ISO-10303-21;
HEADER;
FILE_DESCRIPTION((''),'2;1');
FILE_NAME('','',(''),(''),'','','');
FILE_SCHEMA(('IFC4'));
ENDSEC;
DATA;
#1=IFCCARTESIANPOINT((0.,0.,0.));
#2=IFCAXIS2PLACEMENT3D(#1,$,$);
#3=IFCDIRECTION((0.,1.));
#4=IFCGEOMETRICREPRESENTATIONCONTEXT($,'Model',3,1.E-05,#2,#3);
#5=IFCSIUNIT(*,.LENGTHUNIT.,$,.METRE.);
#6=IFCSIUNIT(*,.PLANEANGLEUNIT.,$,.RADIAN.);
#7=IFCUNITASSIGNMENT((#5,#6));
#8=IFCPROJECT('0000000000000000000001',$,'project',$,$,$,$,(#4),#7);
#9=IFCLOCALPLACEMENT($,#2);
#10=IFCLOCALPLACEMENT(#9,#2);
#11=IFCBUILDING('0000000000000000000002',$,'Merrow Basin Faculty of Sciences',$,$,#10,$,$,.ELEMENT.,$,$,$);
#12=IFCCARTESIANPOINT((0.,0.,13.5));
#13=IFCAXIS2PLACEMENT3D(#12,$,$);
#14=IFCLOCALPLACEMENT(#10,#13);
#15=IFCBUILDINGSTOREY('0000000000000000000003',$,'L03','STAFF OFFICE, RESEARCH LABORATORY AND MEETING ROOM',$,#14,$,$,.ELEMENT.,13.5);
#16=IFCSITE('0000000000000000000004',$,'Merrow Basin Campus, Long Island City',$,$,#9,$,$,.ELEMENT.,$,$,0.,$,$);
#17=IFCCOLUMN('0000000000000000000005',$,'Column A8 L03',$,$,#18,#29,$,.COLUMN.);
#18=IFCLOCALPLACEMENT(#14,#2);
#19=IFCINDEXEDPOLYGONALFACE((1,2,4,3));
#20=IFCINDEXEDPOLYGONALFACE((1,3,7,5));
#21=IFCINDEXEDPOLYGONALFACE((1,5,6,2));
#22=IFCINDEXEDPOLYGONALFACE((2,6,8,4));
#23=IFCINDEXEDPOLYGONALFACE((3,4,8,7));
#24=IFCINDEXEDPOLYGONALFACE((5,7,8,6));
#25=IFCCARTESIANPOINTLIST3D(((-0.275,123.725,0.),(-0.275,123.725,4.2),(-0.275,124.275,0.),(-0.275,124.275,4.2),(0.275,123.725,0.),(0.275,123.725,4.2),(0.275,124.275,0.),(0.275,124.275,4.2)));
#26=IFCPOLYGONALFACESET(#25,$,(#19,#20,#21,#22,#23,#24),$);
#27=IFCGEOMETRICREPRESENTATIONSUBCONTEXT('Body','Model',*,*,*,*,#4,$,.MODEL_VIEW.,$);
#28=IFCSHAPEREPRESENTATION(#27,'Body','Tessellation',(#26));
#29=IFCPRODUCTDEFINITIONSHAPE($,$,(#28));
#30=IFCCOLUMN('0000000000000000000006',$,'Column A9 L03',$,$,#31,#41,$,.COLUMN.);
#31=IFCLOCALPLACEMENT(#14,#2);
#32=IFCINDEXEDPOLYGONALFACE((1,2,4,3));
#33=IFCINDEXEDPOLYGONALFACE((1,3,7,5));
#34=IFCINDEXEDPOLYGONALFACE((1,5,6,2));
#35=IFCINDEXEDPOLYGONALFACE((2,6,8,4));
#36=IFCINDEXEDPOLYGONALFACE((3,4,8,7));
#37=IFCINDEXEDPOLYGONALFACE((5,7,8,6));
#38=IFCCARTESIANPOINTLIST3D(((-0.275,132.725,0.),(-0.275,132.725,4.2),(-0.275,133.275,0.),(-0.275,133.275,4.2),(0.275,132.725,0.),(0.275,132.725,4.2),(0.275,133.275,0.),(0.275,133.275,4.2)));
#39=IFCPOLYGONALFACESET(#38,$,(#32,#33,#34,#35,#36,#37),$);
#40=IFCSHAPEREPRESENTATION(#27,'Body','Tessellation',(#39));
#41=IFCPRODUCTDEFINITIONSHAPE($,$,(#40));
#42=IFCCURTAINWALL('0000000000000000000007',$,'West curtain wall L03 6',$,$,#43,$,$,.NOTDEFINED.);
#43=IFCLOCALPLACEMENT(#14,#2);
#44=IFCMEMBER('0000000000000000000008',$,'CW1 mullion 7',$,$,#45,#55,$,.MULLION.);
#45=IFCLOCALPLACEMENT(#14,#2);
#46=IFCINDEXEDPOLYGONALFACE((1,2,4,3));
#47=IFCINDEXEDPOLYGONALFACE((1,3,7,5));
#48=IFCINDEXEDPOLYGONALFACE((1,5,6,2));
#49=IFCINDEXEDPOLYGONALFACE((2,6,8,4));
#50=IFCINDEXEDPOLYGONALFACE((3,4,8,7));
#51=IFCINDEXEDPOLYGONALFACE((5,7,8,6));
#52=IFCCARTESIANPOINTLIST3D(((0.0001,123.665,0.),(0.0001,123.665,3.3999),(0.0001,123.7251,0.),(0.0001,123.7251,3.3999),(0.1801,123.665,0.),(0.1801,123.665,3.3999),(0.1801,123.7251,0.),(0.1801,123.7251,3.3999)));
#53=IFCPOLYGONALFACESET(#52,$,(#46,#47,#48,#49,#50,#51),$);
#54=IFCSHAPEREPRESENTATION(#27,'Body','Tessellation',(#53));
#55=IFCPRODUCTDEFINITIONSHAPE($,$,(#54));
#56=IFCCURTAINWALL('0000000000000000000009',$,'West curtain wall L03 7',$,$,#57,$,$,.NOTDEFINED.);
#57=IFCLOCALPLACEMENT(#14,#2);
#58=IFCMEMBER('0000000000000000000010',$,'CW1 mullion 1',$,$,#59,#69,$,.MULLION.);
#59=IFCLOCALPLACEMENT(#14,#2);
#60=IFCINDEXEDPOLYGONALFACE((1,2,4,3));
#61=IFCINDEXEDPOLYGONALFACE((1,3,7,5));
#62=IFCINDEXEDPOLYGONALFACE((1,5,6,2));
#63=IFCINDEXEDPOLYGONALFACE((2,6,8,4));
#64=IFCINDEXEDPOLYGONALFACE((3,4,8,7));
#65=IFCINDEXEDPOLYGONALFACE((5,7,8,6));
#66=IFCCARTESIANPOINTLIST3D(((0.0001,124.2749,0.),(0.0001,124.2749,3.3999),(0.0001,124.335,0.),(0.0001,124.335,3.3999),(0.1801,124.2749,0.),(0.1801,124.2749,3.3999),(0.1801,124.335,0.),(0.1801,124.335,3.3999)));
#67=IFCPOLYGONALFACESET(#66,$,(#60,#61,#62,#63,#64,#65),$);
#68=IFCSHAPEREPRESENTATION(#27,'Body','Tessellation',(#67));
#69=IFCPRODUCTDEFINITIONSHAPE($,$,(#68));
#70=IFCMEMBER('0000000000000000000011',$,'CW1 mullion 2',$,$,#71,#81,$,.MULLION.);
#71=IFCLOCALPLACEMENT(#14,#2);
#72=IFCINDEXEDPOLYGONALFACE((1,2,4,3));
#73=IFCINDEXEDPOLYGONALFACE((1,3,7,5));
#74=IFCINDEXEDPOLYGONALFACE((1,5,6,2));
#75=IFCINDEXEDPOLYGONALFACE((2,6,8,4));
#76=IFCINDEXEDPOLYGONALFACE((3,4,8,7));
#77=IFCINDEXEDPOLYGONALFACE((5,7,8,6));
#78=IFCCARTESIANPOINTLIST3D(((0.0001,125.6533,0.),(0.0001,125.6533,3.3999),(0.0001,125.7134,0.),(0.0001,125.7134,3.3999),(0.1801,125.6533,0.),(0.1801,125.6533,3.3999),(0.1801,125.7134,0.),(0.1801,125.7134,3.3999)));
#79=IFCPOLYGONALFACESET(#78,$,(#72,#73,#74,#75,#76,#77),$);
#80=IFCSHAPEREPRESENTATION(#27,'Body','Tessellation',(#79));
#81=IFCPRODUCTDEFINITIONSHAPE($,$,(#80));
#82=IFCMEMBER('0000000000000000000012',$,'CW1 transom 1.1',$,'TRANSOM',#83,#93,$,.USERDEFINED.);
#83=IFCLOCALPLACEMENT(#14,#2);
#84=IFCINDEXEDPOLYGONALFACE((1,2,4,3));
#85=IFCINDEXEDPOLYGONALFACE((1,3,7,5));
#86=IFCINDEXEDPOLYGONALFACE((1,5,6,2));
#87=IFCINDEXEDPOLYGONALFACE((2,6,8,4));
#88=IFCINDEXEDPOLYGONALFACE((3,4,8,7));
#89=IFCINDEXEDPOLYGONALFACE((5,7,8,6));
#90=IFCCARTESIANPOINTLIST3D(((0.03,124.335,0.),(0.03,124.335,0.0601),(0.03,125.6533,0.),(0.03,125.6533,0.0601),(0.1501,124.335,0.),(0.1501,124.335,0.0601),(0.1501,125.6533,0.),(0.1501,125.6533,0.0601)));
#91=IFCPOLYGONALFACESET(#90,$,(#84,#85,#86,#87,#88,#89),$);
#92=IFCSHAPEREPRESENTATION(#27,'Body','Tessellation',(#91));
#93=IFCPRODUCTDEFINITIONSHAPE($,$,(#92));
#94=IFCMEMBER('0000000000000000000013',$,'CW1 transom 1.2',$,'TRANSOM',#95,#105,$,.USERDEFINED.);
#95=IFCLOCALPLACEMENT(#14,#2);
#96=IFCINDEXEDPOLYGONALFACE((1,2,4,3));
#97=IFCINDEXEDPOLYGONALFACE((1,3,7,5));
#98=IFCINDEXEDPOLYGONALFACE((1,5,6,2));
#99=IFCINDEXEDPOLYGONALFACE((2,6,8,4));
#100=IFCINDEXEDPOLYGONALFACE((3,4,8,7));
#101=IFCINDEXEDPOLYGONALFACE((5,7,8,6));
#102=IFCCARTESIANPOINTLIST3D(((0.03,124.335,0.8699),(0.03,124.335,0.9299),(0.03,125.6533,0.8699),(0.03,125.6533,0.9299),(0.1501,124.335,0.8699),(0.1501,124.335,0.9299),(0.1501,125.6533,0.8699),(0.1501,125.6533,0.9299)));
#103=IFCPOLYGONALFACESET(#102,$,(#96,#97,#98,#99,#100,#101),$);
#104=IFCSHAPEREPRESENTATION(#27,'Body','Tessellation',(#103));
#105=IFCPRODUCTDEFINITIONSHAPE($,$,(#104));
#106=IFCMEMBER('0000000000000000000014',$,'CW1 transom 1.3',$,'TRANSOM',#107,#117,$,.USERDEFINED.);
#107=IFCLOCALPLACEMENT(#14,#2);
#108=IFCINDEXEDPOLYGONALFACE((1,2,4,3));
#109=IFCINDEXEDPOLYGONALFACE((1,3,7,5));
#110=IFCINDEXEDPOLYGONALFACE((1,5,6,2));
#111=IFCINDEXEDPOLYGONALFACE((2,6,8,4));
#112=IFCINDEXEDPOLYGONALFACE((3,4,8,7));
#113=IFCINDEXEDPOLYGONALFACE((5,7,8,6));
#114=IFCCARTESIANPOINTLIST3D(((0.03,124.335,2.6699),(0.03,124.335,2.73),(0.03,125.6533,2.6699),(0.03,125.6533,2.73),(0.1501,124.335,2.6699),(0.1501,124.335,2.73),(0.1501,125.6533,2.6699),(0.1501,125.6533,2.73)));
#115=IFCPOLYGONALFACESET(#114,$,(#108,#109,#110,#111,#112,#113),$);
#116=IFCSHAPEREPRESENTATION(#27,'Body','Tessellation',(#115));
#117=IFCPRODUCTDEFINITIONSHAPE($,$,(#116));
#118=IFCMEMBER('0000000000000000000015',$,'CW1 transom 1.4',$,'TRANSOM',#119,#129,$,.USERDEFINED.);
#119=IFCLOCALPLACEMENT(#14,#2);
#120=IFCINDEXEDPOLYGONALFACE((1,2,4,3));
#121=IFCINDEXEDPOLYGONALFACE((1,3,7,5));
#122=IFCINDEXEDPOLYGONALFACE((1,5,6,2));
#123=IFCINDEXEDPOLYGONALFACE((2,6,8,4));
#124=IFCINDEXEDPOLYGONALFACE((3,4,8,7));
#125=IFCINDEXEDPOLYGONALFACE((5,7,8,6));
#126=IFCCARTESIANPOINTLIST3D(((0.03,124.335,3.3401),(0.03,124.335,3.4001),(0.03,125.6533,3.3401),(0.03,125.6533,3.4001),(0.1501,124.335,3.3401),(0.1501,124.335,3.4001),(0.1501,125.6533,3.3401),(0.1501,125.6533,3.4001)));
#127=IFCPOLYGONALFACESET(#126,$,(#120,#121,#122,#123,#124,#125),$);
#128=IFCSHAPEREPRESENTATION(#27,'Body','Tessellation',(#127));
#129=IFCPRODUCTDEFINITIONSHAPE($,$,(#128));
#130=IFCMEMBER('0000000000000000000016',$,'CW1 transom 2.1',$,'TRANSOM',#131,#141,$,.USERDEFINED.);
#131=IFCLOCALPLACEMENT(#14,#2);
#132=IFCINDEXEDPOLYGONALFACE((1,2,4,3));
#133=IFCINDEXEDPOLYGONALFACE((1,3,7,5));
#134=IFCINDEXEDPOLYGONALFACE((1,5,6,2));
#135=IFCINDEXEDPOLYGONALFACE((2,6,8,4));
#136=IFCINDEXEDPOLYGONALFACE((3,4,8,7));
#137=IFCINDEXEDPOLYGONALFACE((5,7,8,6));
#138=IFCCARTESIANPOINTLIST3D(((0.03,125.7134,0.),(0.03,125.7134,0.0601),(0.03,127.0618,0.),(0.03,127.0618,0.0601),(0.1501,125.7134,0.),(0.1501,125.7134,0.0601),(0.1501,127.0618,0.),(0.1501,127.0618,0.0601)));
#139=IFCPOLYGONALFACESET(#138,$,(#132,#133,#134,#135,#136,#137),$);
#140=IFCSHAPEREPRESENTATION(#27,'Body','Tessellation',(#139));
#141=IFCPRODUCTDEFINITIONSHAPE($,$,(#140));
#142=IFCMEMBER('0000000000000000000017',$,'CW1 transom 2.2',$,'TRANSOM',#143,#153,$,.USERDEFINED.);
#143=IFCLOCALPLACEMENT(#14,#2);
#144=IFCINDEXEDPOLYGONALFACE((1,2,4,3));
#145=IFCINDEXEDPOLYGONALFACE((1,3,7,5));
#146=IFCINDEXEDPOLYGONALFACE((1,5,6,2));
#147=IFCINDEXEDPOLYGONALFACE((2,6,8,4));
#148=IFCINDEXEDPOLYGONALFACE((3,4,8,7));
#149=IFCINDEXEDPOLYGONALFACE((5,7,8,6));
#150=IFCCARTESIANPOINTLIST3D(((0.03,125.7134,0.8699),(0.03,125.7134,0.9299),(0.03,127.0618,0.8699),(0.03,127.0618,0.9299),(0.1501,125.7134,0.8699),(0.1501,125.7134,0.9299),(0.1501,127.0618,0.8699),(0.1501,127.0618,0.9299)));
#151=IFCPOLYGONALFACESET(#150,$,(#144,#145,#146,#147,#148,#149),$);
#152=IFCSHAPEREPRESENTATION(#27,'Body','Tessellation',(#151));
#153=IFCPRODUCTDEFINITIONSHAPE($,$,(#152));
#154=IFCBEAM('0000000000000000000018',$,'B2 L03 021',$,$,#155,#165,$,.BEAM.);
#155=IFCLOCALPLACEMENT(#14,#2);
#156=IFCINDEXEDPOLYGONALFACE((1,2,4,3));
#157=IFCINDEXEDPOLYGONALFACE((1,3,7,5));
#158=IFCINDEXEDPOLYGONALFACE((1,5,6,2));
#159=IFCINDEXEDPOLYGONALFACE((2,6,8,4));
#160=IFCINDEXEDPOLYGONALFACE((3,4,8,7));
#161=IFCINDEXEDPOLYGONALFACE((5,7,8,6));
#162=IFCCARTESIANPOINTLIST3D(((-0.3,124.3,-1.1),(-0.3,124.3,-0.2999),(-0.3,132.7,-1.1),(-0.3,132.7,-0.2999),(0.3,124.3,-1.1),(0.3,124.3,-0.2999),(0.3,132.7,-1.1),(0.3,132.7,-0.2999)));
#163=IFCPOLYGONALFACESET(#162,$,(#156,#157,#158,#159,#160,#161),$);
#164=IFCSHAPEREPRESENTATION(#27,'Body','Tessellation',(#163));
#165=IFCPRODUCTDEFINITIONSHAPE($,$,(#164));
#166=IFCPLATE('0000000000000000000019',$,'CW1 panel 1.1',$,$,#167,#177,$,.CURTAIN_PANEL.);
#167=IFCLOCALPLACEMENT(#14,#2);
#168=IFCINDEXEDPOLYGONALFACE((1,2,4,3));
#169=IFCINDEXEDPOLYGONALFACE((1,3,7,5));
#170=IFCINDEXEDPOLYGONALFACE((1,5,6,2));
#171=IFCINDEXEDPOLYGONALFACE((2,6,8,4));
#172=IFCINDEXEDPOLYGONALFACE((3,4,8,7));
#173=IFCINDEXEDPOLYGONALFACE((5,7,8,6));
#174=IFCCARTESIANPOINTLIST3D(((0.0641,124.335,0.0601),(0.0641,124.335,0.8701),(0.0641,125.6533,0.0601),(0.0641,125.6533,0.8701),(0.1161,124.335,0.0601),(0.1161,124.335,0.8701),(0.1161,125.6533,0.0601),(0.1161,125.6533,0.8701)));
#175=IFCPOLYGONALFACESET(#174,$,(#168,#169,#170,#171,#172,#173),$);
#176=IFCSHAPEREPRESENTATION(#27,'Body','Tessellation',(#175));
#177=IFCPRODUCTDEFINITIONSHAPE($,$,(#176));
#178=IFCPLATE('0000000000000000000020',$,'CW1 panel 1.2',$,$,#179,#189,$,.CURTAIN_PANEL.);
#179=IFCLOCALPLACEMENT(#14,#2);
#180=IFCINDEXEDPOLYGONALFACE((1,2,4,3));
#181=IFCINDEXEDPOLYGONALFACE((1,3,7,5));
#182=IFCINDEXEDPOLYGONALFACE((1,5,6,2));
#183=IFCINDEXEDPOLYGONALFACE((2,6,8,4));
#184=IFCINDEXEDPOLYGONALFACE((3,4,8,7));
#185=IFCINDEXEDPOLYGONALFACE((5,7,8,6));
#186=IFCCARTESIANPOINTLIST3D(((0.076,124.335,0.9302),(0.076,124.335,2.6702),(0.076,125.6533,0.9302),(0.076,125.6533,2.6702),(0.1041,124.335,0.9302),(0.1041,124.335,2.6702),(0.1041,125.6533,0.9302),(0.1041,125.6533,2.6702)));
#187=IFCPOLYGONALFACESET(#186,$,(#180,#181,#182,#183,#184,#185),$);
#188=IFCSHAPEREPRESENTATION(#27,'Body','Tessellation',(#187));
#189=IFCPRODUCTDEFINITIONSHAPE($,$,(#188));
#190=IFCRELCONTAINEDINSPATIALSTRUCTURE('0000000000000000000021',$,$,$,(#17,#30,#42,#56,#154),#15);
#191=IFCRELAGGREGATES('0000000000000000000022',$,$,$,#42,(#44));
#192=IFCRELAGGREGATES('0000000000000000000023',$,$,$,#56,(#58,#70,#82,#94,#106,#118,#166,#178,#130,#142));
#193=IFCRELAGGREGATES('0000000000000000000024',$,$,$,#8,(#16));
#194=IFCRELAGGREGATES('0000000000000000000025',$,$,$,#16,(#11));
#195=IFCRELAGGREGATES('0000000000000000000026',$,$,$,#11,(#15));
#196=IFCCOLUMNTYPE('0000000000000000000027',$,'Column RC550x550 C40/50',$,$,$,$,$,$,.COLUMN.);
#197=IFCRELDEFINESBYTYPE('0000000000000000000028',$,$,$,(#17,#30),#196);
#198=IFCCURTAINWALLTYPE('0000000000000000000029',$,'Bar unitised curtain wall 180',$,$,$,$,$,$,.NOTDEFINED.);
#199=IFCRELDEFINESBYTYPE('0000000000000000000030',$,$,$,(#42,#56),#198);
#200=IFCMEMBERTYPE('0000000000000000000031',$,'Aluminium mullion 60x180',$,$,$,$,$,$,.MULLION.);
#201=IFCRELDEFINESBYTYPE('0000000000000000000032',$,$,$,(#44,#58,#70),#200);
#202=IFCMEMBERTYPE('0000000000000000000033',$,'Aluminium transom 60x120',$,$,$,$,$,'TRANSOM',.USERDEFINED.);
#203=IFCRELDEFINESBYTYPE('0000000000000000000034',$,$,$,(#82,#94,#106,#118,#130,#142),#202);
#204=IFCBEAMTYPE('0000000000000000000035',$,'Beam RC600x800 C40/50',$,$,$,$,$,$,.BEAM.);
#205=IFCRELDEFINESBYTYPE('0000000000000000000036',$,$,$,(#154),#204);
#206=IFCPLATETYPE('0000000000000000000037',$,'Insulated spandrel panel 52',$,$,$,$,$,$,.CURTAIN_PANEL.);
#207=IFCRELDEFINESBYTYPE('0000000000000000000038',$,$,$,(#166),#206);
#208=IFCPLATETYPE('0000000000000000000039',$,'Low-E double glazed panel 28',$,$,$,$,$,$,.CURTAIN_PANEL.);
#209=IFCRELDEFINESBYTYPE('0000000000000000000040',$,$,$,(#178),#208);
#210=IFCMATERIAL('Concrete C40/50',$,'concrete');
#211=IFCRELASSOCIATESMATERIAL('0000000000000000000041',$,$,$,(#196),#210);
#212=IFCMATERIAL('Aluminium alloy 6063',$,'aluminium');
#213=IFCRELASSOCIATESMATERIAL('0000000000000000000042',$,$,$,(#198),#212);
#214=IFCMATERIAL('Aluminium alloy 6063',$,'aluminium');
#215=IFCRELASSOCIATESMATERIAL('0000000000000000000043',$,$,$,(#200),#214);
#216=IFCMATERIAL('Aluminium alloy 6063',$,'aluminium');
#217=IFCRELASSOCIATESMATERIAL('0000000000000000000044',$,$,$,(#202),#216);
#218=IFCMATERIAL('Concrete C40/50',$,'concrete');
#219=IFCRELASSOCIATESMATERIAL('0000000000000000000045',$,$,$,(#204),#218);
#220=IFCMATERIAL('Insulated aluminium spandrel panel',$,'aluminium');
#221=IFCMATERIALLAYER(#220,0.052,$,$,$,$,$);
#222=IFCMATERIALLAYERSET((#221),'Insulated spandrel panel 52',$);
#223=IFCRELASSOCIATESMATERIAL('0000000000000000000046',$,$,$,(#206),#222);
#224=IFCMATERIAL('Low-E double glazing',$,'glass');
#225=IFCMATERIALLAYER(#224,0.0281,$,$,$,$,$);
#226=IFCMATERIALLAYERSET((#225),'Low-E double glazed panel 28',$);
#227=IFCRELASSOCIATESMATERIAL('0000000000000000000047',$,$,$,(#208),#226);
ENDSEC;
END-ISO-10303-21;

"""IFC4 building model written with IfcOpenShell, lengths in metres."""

from ifc_helpers import new_model, si_unit, direction, frame, origin, origin_2d, place, context, subcontext, project, spatial, rectangle, extrude, material, layer, layer_set, material_profile, profile_set, type_object, element, aggregate, save


model = new_model("IFC4")

# Units and contexts
model_context = context("Model", 3, precision=1e-05, world=origin(), true_north=direction((0.0, 1.0)))
body_context = subcontext(model_context, "Body", "Model", "MODEL_VIEW")
ifc_project = project(units=[si_unit("LENGTHUNIT", "METRE"), si_unit("PLANEANGLEUNIT", "RADIAN")], contexts=[model_context])

# Site, building, storey
site_placement = place(None, origin())
site = spatial("IfcSite", under=ifc_project, at=site_placement, Name="Merrow Basin Campus, Long Island City", CompositionType="ELEMENT", RefElevation=0.0)
building_placement = place(site_placement, origin())
building = spatial("IfcBuilding", under=site, at=building_placement, Name="Merrow Basin Faculty of Sciences", CompositionType="ELEMENT")
storey_placement = place(building_placement, frame((0.0, 0.0, 13.5)))
storey = spatial("IfcBuildingStorey", under=building, at=storey_placement, Name="L03", Description="STAFF OFFICE, RESEARCH LABORATORY AND MEETING ROOM", CompositionType="ELEMENT", Elevation=13.5)

# Columns
ifc_material_1 = material(Name="Concrete C40/50", Category="concrete")
ifc_material_profile_1 = material_profile(ifc_material_1, rectangle(XDim=0.55, YDim=0.55, at=origin_2d()))
ifc_profile_set_1 = profile_set([ifc_material_profile_1], Name="Concrete C40/50")
column_type = type_object("IfcColumnType", Name="Column RC550x550 C40/50", PredefinedType="COLUMN", material=ifc_profile_set_1)
for number, where, z_axis, x_axis, name in (
    (1, (0.0, 124.0, 0.0), (0.0, 0.0, 1.0), (1.0, 0.0, 0.0), "Column A8 L03"),
    (2, (0.0, 133.0, 0.0), (0.0, 0.0, 1.0), (1.0, 0.0, 0.0), "Column A9 L03"),
):
    element("IfcColumn", number, at=place(storey_placement, frame(where, z_axis=z_axis, x_axis=x_axis)), inside=storey, type_object=column_type, Name=name, PredefinedType="COLUMN", context=body_context, shape_type="SweptSolid", body=[
        extrude(rectangle(XDim=0.55, YDim=0.55, at=origin_2d()), origin(), (0.0, 0.0, 1.0), 4.2),
    ])

# Curtain wall, member
ifc_material_2 = material(Name="Aluminium alloy 6063", Category="aluminium")
curtain_wall_type = type_object("IfcCurtainWallType", Name="Bar unitised curtain wall 180", PredefinedType="NOTDEFINED", material=ifc_material_2)
curtain_wall_1_placement = place(storey_placement, origin())
curtain_wall_1 = element("IfcCurtainWall", 3, at=curtain_wall_1_placement, inside=storey, type_object=curtain_wall_type, Name="West curtain wall L03 6", PredefinedType="NOTDEFINED")
ifc_material_3 = material(Name="Aluminium alloy 6063", Category="aluminium")
ifc_material_profile_2 = material_profile(ifc_material_3, rectangle(XDim=0.1799, YDim=0.0601, at=origin_2d()))
ifc_profile_set_2 = profile_set([ifc_material_profile_2], Name="Aluminium alloy 6063")
member_type_1 = type_object("IfcMemberType", Name="Aluminium mullion 60x180", PredefinedType="MULLION", material=ifc_profile_set_2)
member_1_placement = place(storey_placement, frame((0.0901, 123.6951, 0.0), z_axis=(0.0, 0.0, 1.0), x_axis=(-1.0, 0.0, 0.0)))
member_1 = element("IfcMember", 4, at=member_1_placement, type_object=member_type_1, Name="CW1 mullion 7", PredefinedType="MULLION", context=body_context, shape_type="SweptSolid", body=[
    extrude(rectangle(XDim=0.1799, YDim=0.0601, at=origin_2d()), origin(), (0.0, 0.0, 1.0), 3.3999),
])
aggregate(curtain_wall_1, [member_1])

# Curtain wall, members
curtain_wall_2_placement = place(storey_placement, origin())
curtain_wall_2 = element("IfcCurtainWall", 5, at=curtain_wall_2_placement, inside=storey, type_object=curtain_wall_type, Name="West curtain wall L03 7", PredefinedType="NOTDEFINED")
member_2_placement = place(storey_placement, frame((0.0901, 124.3049, 0.0), z_axis=(0.0, 0.0, 1.0), x_axis=(-1.0, 0.0, 0.0)))
member_2 = element("IfcMember", 6, at=member_2_placement, type_object=member_type_1, Name="CW1 mullion 1", PredefinedType="MULLION", context=body_context, shape_type="SweptSolid", body=[
    extrude(rectangle(XDim=0.1799, YDim=0.0601, at=origin_2d()), origin(), (0.0, 0.0, 1.0), 3.3999),
])
member_3_placement = place(storey_placement, frame((0.0901, 125.6833, 0.0), z_axis=(0.0, 0.0, 1.0), x_axis=(-1.0, 0.0, 0.0)))
member_3 = element("IfcMember", 7, at=member_3_placement, type_object=member_type_1, Name="CW1 mullion 2", PredefinedType="MULLION", context=body_context, shape_type="SweptSolid", body=[
    extrude(rectangle(XDim=0.1799, YDim=0.0601, at=origin_2d()), origin(), (0.0, 0.0, 1.0), 3.3999),
])
ifc_material_4 = material(Name="Aluminium alloy 6063", Category="aluminium")
ifc_material_profile_3 = material_profile(ifc_material_4, rectangle(XDim=0.1201, YDim=0.0601, at=origin_2d()))
ifc_profile_set_3 = profile_set([ifc_material_profile_3], Name="Aluminium alloy 6063")
member_type_2 = type_object("IfcMemberType", Name="Aluminium transom 60x120", ElementType="TRANSOM", PredefinedType="USERDEFINED", material=ifc_profile_set_3)
member_4_placement = place(storey_placement, frame((0.0901, 124.335, 0.03), z_axis=(0.0, 1.0, 0.0), x_axis=(-1.0, 0.0, 0.0)))
member_4 = element("IfcMember", 8, at=member_4_placement, type_object=member_type_2, Name="CW1 transom 1.1", ObjectType="TRANSOM", PredefinedType="USERDEFINED", context=body_context, shape_type="SweptSolid", body=[
    extrude(rectangle(XDim=0.1201, YDim=0.0601, at=origin_2d()), origin(), (0.0, 0.0, 1.0), 1.3184),
])
member_5_placement = place(storey_placement, frame((0.0901, 124.335, 0.8999), z_axis=(0.0, 1.0, 0.0), x_axis=(-1.0, 0.0, 0.0)))
member_5 = element("IfcMember", 9, at=member_5_placement, type_object=member_type_2, Name="CW1 transom 1.2", ObjectType="TRANSOM", PredefinedType="USERDEFINED", context=body_context, shape_type="SweptSolid", body=[
    extrude(rectangle(XDim=0.1201, YDim=0.0601, at=origin_2d()), origin(), (0.0, 0.0, 1.0), 1.3184),
])
member_6_placement = place(storey_placement, frame((0.0901, 124.335, 2.7), z_axis=(0.0, 1.0, 0.0), x_axis=(-1.0, 0.0, 0.0)))
member_6 = element("IfcMember", 10, at=member_6_placement, type_object=member_type_2, Name="CW1 transom 1.3", ObjectType="TRANSOM", PredefinedType="USERDEFINED", context=body_context, shape_type="SweptSolid", body=[
    extrude(rectangle(XDim=0.1201, YDim=0.0601, at=origin_2d()), origin(), (0.0, 0.0, 1.0), 1.3184),
])
member_7_placement = place(storey_placement, frame((0.0901, 124.335, 3.3701), z_axis=(0.0, 1.0, 0.0), x_axis=(-1.0, 0.0, 0.0)))
member_7 = element("IfcMember", 11, at=member_7_placement, type_object=member_type_2, Name="CW1 transom 1.4", ObjectType="TRANSOM", PredefinedType="USERDEFINED", context=body_context, shape_type="SweptSolid", body=[
    extrude(rectangle(XDim=0.1201, YDim=0.0601, at=origin_2d()), origin(), (0.0, 0.0, 1.0), 1.3184),
])
member_8_placement = place(storey_placement, frame((0.0901, 125.7134, 0.03), z_axis=(0.0, 1.0, 0.0), x_axis=(-1.0, 0.0, 0.0)))
member_8 = element("IfcMember", 12, at=member_8_placement, type_object=member_type_2, Name="CW1 transom 2.1", ObjectType="TRANSOM", PredefinedType="USERDEFINED", context=body_context, shape_type="SweptSolid", body=[
    extrude(rectangle(XDim=0.1201, YDim=0.0601, at=origin_2d()), origin(), (0.0, 0.0, 1.0), 1.3484),
])
member_9_placement = place(storey_placement, frame((0.0901, 125.7134, 0.8999), z_axis=(0.0, 1.0, 0.0), x_axis=(-1.0, 0.0, 0.0)))
member_9 = element("IfcMember", 13, at=member_9_placement, type_object=member_type_2, Name="CW1 transom 2.2", ObjectType="TRANSOM", PredefinedType="USERDEFINED", context=body_context, shape_type="SweptSolid", body=[
    extrude(rectangle(XDim=0.1201, YDim=0.0601, at=origin_2d()), origin(), (0.0, 0.0, 1.0), 1.3484),
])

# Beam
ifc_material_5 = material(Name="Concrete C40/50", Category="concrete")
ifc_material_profile_4 = material_profile(ifc_material_5, rectangle(XDim=0.6001, YDim=0.8, at=origin_2d()))
ifc_profile_set_4 = profile_set([ifc_material_profile_4], Name="Concrete C40/50")
beam_type = type_object("IfcBeamType", Name="Beam RC600x800 C40/50", PredefinedType="BEAM", material=ifc_profile_set_4)
beam_placement = place(storey_placement, frame((0.0, 124.3, -0.7), z_axis=(0.0, 1.0, 0.0), x_axis=(-1.0, 0.0, 0.0)))
element("IfcBeam", 14, at=beam_placement, inside=storey, type_object=beam_type, Name="B2 L03 021", PredefinedType="BEAM", context=body_context, shape_type="SweptSolid", body=[
    extrude(rectangle(XDim=0.6001, YDim=0.8, at=origin_2d()), origin(), (0.0, 0.0, 1.0), 8.3999),
])

# Plates
ifc_material_6 = material(Name="Insulated aluminium spandrel panel", Category="aluminium")
ifc_layer_1 = layer(ifc_material_6, 0.052)
ifc_layer_set_1 = layer_set([ifc_layer_1], Name="Insulated spandrel panel 52")
plate_type_1 = type_object("IfcPlateType", Name="Insulated spandrel panel 52", PredefinedType="CURTAIN_PANEL", material=ifc_layer_set_1)
plate_1_placement = place(storey_placement, frame((0.0901, 124.9941, 0.0601), z_axis=(0.0, 0.0, 1.0), x_axis=(0.0, 1.0, 0.0)))
plate_1 = element("IfcPlate", 15, at=plate_1_placement, type_object=plate_type_1, Name="CW1 panel 1.1", PredefinedType="CURTAIN_PANEL", context=body_context, shape_type="SweptSolid", body=[
    extrude(rectangle(XDim=1.3184, YDim=0.052, at=origin_2d()), origin(), (0.0, 0.0, 1.0), 0.8101),
])
ifc_material_7 = material(Name="Low-E double glazing", Category="glass")
ifc_layer_2 = layer(ifc_material_7, 0.0281)
ifc_layer_set_2 = layer_set([ifc_layer_2], Name="Low-E double glazed panel 28")
plate_type_2 = type_object("IfcPlateType", Name="Low-E double glazed panel 28", PredefinedType="CURTAIN_PANEL", material=ifc_layer_set_2)
plate_2_placement = place(storey_placement, frame((0.0901, 124.9941, 0.9302), z_axis=(0.0, 0.0, 1.0), x_axis=(0.0, 1.0, 0.0)))
plate_2 = element("IfcPlate", 16, at=plate_2_placement, type_object=plate_type_2, Name="CW1 panel 1.2", PredefinedType="CURTAIN_PANEL", context=body_context, shape_type="SweptSolid", body=[
    extrude(rectangle(XDim=1.3184, YDim=0.0281, at=origin_2d()), origin(), (0.0, 0.0, 1.0), 1.74),
])
aggregate(curtain_wall_2, [member_2, member_3, member_4, member_5, member_6, member_7, plate_1, plate_2, member_8, member_9])

save(model, "model.ifc")
